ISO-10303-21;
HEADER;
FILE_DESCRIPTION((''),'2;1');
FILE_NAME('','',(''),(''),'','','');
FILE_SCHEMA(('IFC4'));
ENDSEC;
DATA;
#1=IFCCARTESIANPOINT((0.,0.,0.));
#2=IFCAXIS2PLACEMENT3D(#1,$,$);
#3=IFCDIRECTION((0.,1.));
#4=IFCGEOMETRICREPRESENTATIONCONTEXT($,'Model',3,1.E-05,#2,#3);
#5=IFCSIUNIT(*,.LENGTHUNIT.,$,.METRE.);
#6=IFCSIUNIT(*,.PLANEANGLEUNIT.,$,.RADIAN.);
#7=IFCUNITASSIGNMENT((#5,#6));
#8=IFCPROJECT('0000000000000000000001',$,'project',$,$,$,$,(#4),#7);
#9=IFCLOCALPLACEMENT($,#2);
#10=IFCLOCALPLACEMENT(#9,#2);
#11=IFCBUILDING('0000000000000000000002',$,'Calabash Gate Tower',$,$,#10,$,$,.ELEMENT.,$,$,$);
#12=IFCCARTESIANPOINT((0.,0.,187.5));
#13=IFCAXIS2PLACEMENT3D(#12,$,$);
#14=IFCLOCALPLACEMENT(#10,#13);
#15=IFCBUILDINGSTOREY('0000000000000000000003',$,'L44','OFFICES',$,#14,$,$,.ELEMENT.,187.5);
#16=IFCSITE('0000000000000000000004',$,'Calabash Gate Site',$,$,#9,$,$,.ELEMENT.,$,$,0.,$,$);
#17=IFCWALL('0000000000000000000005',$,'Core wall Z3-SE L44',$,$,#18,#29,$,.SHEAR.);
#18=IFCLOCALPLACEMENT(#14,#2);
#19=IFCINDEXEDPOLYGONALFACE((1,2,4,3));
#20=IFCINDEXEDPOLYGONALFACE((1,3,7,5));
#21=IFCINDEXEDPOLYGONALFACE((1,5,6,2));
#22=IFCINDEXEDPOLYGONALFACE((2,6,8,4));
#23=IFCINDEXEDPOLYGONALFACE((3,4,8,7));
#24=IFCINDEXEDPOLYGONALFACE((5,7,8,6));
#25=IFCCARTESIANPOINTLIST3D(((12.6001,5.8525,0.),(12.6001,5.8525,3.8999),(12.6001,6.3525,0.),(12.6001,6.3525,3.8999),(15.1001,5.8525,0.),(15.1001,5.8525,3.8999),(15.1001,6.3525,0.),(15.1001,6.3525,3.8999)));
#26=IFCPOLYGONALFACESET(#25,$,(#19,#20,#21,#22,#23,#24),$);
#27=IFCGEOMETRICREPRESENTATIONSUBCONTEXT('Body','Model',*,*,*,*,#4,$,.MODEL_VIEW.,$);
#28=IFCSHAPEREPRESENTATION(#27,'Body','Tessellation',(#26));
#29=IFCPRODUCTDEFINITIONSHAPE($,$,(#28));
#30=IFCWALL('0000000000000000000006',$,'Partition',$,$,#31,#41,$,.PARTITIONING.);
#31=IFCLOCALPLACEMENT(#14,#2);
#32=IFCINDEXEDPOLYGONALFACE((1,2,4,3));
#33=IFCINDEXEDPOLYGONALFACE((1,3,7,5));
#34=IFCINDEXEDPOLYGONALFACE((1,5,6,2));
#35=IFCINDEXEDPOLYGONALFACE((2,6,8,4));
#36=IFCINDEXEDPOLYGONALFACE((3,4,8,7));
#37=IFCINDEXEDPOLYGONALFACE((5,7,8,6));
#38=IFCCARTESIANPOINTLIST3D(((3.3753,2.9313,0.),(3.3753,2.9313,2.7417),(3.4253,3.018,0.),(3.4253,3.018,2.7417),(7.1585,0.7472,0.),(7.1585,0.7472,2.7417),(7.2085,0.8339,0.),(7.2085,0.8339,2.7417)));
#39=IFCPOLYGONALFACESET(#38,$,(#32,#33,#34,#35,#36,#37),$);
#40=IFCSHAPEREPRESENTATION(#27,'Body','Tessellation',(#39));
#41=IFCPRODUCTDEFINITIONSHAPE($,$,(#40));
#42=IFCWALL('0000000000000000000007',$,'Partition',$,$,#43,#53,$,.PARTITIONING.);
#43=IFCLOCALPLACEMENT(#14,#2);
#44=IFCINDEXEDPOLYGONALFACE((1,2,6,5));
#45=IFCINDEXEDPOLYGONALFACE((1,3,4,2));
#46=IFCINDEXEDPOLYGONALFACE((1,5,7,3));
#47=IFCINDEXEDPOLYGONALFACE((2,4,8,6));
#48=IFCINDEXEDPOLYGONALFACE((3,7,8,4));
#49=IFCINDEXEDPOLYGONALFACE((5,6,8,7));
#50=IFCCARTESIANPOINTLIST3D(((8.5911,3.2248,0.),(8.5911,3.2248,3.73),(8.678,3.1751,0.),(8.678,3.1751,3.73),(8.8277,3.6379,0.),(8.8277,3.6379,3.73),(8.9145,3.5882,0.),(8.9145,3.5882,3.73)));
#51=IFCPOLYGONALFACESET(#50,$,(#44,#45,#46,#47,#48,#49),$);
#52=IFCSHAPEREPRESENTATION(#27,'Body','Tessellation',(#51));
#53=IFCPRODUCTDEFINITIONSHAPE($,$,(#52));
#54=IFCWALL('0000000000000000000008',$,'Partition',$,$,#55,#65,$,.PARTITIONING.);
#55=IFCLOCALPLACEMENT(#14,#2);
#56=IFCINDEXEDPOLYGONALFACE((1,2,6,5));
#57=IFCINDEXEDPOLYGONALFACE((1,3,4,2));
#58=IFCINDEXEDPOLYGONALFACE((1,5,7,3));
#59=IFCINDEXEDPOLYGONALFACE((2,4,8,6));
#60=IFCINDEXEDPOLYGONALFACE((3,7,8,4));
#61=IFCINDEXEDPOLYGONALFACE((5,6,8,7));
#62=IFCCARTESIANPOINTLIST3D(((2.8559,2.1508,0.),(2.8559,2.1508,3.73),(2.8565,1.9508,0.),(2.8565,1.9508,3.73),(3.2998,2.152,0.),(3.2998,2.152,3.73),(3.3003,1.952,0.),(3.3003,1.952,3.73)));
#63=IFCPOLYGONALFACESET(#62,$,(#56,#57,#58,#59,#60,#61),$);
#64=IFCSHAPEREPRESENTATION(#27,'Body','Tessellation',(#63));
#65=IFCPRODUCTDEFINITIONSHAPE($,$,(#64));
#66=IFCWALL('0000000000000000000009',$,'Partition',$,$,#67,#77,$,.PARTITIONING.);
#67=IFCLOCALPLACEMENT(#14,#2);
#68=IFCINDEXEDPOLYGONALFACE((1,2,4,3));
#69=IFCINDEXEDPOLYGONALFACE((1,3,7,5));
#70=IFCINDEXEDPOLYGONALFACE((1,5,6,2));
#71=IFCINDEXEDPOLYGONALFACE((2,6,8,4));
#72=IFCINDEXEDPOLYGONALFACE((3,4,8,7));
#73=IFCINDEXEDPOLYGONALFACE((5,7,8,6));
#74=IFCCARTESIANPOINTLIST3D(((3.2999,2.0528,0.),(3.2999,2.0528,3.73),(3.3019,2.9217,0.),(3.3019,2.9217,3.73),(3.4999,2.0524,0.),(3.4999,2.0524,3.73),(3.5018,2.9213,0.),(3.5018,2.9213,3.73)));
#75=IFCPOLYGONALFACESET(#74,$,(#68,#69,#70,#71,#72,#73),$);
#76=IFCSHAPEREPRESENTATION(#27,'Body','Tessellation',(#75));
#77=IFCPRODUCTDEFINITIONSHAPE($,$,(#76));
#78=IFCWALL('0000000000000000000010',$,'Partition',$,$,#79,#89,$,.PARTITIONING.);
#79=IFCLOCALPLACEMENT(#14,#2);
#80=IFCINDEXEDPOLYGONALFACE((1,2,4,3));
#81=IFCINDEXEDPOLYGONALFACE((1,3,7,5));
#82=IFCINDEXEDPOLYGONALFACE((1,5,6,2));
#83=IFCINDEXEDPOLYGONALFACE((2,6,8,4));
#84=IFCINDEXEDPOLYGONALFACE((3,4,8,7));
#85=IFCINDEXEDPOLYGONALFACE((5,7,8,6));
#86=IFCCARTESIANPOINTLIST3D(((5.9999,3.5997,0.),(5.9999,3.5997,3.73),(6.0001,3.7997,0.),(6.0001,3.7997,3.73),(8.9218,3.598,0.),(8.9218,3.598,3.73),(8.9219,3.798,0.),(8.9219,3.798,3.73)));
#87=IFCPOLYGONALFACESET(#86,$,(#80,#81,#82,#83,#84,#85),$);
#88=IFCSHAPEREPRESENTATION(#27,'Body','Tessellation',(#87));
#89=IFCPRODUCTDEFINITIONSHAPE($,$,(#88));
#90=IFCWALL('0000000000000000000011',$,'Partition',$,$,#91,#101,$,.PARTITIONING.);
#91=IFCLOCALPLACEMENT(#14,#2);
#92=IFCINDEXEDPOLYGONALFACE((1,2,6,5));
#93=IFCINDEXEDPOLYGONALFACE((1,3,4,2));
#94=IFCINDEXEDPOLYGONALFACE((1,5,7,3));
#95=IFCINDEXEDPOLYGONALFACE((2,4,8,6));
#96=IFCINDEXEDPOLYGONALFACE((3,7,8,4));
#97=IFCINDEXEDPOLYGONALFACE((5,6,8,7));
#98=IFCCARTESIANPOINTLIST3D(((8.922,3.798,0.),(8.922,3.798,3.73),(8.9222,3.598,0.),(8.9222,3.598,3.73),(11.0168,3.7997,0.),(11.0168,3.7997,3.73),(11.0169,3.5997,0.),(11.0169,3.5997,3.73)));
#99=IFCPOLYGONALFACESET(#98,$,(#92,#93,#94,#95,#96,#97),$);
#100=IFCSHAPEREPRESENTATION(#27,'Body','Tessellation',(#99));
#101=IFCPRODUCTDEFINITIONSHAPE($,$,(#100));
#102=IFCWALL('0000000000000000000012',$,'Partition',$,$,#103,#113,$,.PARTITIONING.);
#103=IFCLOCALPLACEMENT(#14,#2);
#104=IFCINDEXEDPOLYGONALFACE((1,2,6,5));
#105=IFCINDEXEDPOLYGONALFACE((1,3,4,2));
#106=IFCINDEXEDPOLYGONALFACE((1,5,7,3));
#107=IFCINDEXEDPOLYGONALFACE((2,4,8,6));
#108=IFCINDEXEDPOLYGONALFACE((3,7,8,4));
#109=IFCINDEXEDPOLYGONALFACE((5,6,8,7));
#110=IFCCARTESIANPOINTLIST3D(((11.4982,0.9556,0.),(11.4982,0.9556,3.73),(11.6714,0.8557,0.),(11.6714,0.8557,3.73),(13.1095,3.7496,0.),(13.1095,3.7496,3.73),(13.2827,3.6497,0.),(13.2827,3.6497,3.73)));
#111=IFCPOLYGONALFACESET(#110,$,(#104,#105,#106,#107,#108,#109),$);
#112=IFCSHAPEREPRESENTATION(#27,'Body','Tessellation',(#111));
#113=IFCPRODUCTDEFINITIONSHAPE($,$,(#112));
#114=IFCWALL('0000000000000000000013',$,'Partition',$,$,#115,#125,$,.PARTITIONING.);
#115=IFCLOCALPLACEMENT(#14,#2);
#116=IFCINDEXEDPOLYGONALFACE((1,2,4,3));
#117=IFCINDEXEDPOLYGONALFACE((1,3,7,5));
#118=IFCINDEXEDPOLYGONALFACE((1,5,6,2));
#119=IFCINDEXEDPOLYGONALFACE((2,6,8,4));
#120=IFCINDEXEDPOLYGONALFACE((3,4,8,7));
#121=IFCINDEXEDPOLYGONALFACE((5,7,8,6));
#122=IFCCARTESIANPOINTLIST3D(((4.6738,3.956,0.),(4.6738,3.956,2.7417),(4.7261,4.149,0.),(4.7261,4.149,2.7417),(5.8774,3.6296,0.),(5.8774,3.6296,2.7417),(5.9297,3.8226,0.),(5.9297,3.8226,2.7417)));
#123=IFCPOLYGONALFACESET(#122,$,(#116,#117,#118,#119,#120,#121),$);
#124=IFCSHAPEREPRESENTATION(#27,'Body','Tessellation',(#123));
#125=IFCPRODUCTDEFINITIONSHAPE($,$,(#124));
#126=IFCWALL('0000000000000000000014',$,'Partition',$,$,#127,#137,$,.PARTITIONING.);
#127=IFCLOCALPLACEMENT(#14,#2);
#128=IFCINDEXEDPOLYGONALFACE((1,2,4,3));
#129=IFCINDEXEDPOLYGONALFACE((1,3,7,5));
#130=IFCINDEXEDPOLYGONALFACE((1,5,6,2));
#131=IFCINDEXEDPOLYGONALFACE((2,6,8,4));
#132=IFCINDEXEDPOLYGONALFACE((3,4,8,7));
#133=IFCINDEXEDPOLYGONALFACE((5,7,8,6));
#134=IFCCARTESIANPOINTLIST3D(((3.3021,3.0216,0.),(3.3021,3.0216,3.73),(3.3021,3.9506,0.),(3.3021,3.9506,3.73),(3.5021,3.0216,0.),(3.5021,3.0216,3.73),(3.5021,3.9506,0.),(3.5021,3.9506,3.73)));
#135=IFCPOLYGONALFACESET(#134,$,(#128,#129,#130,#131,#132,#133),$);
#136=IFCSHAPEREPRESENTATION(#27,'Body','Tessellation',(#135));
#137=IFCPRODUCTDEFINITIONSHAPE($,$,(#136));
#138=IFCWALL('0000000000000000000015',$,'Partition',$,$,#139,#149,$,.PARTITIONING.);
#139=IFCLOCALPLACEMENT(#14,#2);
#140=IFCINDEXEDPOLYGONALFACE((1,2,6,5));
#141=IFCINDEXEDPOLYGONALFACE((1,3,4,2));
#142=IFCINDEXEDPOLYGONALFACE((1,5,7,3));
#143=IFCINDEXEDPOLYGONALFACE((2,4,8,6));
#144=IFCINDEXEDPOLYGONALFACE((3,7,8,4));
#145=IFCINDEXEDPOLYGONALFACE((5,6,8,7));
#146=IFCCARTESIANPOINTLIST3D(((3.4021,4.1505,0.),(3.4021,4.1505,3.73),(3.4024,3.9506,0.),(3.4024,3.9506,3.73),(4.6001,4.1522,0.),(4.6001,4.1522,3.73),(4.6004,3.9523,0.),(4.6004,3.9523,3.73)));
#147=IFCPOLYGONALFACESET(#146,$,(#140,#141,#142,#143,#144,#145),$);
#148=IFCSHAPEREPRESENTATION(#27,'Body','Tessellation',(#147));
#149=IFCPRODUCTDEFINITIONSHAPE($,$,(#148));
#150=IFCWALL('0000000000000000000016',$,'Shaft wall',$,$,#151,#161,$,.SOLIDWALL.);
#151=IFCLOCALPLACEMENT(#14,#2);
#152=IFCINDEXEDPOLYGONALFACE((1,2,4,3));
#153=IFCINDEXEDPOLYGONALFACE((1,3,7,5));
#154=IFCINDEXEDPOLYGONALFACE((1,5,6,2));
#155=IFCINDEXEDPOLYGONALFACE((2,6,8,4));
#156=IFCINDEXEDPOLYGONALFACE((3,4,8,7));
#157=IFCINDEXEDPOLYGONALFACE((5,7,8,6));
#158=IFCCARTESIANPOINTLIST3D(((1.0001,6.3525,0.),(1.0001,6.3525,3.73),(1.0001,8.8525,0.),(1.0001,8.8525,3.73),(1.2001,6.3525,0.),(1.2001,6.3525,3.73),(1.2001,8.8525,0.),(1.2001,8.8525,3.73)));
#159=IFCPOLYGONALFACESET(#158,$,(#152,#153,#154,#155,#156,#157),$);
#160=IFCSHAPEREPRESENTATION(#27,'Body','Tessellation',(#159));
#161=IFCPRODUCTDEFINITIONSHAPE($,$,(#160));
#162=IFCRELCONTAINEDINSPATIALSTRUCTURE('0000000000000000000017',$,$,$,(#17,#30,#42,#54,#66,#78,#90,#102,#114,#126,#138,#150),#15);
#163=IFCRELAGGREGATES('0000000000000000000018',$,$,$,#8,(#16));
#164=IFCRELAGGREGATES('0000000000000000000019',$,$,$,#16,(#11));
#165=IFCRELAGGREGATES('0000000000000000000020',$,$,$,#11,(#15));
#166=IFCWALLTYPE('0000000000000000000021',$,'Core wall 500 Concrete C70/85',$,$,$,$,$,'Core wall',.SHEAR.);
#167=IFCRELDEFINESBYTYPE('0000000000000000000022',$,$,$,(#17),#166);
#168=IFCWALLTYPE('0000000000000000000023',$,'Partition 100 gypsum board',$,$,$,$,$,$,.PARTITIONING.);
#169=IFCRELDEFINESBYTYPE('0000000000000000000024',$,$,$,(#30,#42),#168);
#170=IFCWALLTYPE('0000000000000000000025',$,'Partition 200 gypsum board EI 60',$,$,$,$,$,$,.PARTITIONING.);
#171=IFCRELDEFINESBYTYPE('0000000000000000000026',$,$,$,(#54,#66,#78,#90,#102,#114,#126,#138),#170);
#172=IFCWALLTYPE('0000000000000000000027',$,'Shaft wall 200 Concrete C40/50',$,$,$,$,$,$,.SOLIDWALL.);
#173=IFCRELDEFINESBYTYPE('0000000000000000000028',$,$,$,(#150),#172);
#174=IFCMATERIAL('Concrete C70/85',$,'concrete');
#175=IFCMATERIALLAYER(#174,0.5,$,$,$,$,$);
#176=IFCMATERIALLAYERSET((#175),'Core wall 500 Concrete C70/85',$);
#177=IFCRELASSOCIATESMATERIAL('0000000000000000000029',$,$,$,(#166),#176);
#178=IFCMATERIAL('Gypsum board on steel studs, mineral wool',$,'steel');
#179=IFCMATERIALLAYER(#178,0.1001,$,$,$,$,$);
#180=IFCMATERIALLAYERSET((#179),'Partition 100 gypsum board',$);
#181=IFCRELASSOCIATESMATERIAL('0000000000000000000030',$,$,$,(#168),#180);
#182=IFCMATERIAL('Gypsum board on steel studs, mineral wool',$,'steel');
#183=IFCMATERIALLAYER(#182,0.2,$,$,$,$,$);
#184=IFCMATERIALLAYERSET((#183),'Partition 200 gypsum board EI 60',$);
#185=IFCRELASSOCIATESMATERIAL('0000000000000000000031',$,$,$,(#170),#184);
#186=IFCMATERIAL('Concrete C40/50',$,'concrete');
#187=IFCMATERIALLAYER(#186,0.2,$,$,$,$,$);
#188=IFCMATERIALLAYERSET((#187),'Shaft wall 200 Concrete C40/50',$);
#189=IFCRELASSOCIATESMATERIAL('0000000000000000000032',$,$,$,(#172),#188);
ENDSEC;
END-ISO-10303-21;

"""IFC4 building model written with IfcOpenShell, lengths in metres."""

from ifc_helpers import new_model, si_unit, direction, frame, frame_2d, origin, place, context, subcontext, project, spatial, rectangle, extrude, material, layer, layer_set, type_object, element, save


model = new_model("IFC4")

# Units and contexts
model_context = context("Model", 3, precision=1e-05, world=origin(), true_north=direction((0.0, 1.0)))
body_context = subcontext(model_context, "Body", "Model", "MODEL_VIEW")
ifc_project = project(units=[si_unit("LENGTHUNIT", "METRE"), si_unit("PLANEANGLEUNIT", "RADIAN")], contexts=[model_context])

# Site, building, storey
site_placement = place(None, origin())
site = spatial("IfcSite", under=ifc_project, at=site_placement, Name="Calabash Gate Site", CompositionType="ELEMENT", RefElevation=0.0)
building_placement = place(site_placement, origin())
building = spatial("IfcBuilding", under=site, at=building_placement, Name="Calabash Gate Tower", CompositionType="ELEMENT")
storey_placement = place(building_placement, frame((0.0, 0.0, 187.5)))
storey = spatial("IfcBuildingStorey", under=building, at=storey_placement, Name="L44", Description="OFFICES", CompositionType="ELEMENT", Elevation=187.5)

# Shared definitions
ifc_material_1 = material(Name="Concrete C70/85", Category="concrete")
ifc_layer_1 = layer(ifc_material_1, 0.5)
ifc_layer_set_1 = layer_set([ifc_layer_1], Name="Core wall 500 Concrete C70/85")
wall_type_1 = type_object("IfcWallType", Name="Core wall 500 Concrete C70/85", ElementType="Core wall", PredefinedType="SHEAR", material=ifc_layer_set_1)

# Walls
wall_1_placement = place(storey_placement, frame((12.6001, 6.1025, 0.0), z_axis=(0.0, 0.0, 1.0), x_axis=(1.0, 0.0, 0.0)))
element("IfcWall", 1, at=wall_1_placement, inside=storey, type_object=wall_type_1, Name="Core wall Z3-SE L44", PredefinedType="SHEAR", context=body_context, shape_type="SweptSolid", body=[
    extrude(rectangle(XDim=2.5, YDim=0.5, at=frame_2d((1.25, 0.0))), origin(), (0.0, 0.0, 1.0), 3.8999),
])
ifc_material_2 = material(Name="Gypsum board on steel studs, mineral wool", Category="steel")
ifc_layer_2 = layer(ifc_material_2, 0.1001)
ifc_layer_set_2 = layer_set([ifc_layer_2], Name="Partition 100 gypsum board")
wall_type_2 = type_object("IfcWallType", Name="Partition 100 gypsum board", PredefinedType="PARTITIONING", material=ifc_layer_set_2)
wall_2_placement = place(storey_placement, frame((3.4004, 2.9746, 0.0), z_axis=(0.0, 0.0, 1.0), x_axis=(0.86604, -0.499974, 0.0)))
element("IfcWall", 2, at=wall_2_placement, inside=storey, type_object=wall_type_2, Name="Partition", PredefinedType="PARTITIONING", context=body_context, shape_type="SweptSolid", body=[
    extrude(rectangle(XDim=4.3684, YDim=0.1001, at=frame_2d((2.1841, 0.0))), origin(), (0.0, 0.0, 1.0), 2.7417),
])
wall_3_placement = place(storey_placement, frame((8.6345, 3.2, 0.0), z_axis=(0.0, 0.0, 1.0), x_axis=(0.496967, 0.867769, 0.0)))
element("IfcWall", 3, at=wall_3_placement, inside=storey, type_object=wall_type_2, Name="Partition", PredefinedType="PARTITIONING", context=body_context, shape_type="SweptSolid", body=[
    extrude(rectangle(XDim=0.4761, YDim=0.1001, at=frame_2d((0.238, 0.0))), origin(), (0.0, 0.0, 1.0), 3.73),
])
ifc_material_3 = material(Name="Gypsum board on steel studs, mineral wool", Category="steel")
ifc_layer_3 = layer(ifc_material_3, 0.2)
ifc_layer_set_3 = layer_set([ifc_layer_3], Name="Partition 200 gypsum board EI 60")
wall_type_3 = type_object("IfcWallType", Name="Partition 200 gypsum board EI 60", PredefinedType="PARTITIONING", material=ifc_layer_set_3)
wall_4_placement = place(storey_placement, frame((2.8562, 2.0508, 0.0), z_axis=(0.0, 0.0, 1.0), x_axis=(0.999996, 0.00275, 0.0)))
element("IfcWall", 4, at=wall_4_placement, inside=storey, type_object=wall_type_3, Name="Partition", PredefinedType="PARTITIONING", context=body_context, shape_type="SweptSolid", body=[
    extrude(rectangle(XDim=0.4438, YDim=0.2, at=frame_2d((0.2219, 0.0))), origin(), (0.0, 0.0, 1.0), 3.73),
])
wall_5_placement = place(storey_placement, frame((3.3999, 2.0525, 0.0), z_axis=(0.0, 0.0, 1.0), x_axis=(0.002248, 0.999997, 0.0)))
element("IfcWall", 5, at=wall_5_placement, inside=storey, type_object=wall_type_3, Name="Partition", PredefinedType="PARTITIONING", context=body_context, shape_type="SweptSolid", body=[
    extrude(rectangle(XDim=0.8689, YDim=0.2, at=frame_2d((0.4346, 0.0))), origin(), (0.0, 0.0, 1.0), 3.73),
])
wall_6_placement = place(storey_placement, frame((6.0, 3.6997, 0.0), z_axis=(0.0, 0.0, 1.0), x_axis=(1.0, -0.000585, 0.0)))
element("IfcWall", 6, at=wall_6_placement, inside=storey, type_object=wall_type_3, Name="Partition", PredefinedType="PARTITIONING", context=body_context, shape_type="SweptSolid", body=[
    extrude(rectangle(XDim=2.9219, YDim=0.2, at=frame_2d((1.4609, 0.0))), origin(), (0.0, 0.0, 1.0), 3.73),
])
wall_7_placement = place(storey_placement, frame((8.9221, 3.698, 0.0), z_axis=(0.0, 0.0, 1.0), x_axis=(1.0, 0.000816, 0.0)))
element("IfcWall", 7, at=wall_7_placement, inside=storey, type_object=wall_type_3, Name="Partition", PredefinedType="PARTITIONING", context=body_context, shape_type="SweptSolid", body=[
    extrude(rectangle(XDim=2.0947, YDim=0.2, at=frame_2d((1.0474, 0.0))), origin(), (0.0, 0.0, 1.0), 3.73),
])
wall_8_placement = place(storey_placement, frame((11.5847, 0.9055, 0.0), z_axis=(0.0, 0.0, 1.0), x_axis=(0.499591, 0.866261, 0.0)))
element("IfcWall", 8, at=wall_8_placement, inside=storey, type_object=wall_type_3, Name="Partition", PredefinedType="PARTITIONING", context=body_context, shape_type="SweptSolid", body=[
    extrude(rectangle(XDim=3.2253, YDim=0.2, at=frame_2d((1.6128, 0.0))), origin(), (0.0, 0.0, 1.0), 3.73),
])
wall_9_placement = place(storey_placement, frame((4.7, 4.0525, 0.0), z_axis=(0.0, 0.0, 1.0), x_axis=(0.965138, -0.261742, 0.0)))
element("IfcWall", 9, at=wall_9_placement, inside=storey, type_object=wall_type_3, Name="Partition", PredefinedType="PARTITIONING", context=body_context, shape_type="SweptSolid", body=[
    extrude(rectangle(XDim=1.2471, YDim=0.2, at=frame_2d((0.6235, 0.0))), origin(), (0.0, 0.0, 1.0), 2.7417),
])
wall_10_placement = place(storey_placement, frame((3.4021, 3.0217, 0.0), z_axis=(0.0, 0.0, 1.0), x_axis=(0.0, 1.0, 0.0)))
element("IfcWall", 10, at=wall_10_placement, inside=storey, type_object=wall_type_3, Name="Partition", PredefinedType="PARTITIONING", context=body_context, shape_type="SweptSolid", body=[
    extrude(rectangle(XDim=0.929, YDim=0.2, at=frame_2d((0.4644, 0.0))), origin(), (0.0, 0.0, 1.0), 3.73),
])
wall_11_placement = place(storey_placement, frame((3.4021, 4.0505, 0.0), z_axis=(0.0, 0.0, 1.0), x_axis=(0.999999, 0.001427, 0.0)))
element("IfcWall", 11, at=wall_11_placement, inside=storey, type_object=wall_type_3, Name="Partition", PredefinedType="PARTITIONING", context=body_context, shape_type="SweptSolid", body=[
    extrude(rectangle(XDim=1.198, YDim=0.2, at=frame_2d((0.5991, 0.0))), origin(), (0.0, 0.0, 1.0), 3.73),
])
ifc_material_4 = material(Name="Concrete C40/50", Category="concrete")
ifc_layer_4 = layer(ifc_material_4, 0.2)
ifc_layer_set_4 = layer_set([ifc_layer_4], Name="Shaft wall 200 Concrete C40/50")
wall_type_4 = type_object("IfcWallType", Name="Shaft wall 200 Concrete C40/50", PredefinedType="SOLIDWALL", material=ifc_layer_set_4)
wall_12_placement = place(storey_placement, frame((1.1001, 6.3525, 0.0), z_axis=(0.0, 0.0, 1.0), x_axis=(0.0, 1.0, 0.0)))
element("IfcWall", 12, at=wall_12_placement, inside=storey, type_object=wall_type_4, Name="Shaft wall", PredefinedType="SOLIDWALL", context=body_context, shape_type="SweptSolid", body=[
    extrude(rectangle(XDim=2.5, YDim=0.2, at=frame_2d((1.25, 0.0))), origin(), (0.0, 0.0, 1.0), 3.73),
])

save(model, "model.ifc")
